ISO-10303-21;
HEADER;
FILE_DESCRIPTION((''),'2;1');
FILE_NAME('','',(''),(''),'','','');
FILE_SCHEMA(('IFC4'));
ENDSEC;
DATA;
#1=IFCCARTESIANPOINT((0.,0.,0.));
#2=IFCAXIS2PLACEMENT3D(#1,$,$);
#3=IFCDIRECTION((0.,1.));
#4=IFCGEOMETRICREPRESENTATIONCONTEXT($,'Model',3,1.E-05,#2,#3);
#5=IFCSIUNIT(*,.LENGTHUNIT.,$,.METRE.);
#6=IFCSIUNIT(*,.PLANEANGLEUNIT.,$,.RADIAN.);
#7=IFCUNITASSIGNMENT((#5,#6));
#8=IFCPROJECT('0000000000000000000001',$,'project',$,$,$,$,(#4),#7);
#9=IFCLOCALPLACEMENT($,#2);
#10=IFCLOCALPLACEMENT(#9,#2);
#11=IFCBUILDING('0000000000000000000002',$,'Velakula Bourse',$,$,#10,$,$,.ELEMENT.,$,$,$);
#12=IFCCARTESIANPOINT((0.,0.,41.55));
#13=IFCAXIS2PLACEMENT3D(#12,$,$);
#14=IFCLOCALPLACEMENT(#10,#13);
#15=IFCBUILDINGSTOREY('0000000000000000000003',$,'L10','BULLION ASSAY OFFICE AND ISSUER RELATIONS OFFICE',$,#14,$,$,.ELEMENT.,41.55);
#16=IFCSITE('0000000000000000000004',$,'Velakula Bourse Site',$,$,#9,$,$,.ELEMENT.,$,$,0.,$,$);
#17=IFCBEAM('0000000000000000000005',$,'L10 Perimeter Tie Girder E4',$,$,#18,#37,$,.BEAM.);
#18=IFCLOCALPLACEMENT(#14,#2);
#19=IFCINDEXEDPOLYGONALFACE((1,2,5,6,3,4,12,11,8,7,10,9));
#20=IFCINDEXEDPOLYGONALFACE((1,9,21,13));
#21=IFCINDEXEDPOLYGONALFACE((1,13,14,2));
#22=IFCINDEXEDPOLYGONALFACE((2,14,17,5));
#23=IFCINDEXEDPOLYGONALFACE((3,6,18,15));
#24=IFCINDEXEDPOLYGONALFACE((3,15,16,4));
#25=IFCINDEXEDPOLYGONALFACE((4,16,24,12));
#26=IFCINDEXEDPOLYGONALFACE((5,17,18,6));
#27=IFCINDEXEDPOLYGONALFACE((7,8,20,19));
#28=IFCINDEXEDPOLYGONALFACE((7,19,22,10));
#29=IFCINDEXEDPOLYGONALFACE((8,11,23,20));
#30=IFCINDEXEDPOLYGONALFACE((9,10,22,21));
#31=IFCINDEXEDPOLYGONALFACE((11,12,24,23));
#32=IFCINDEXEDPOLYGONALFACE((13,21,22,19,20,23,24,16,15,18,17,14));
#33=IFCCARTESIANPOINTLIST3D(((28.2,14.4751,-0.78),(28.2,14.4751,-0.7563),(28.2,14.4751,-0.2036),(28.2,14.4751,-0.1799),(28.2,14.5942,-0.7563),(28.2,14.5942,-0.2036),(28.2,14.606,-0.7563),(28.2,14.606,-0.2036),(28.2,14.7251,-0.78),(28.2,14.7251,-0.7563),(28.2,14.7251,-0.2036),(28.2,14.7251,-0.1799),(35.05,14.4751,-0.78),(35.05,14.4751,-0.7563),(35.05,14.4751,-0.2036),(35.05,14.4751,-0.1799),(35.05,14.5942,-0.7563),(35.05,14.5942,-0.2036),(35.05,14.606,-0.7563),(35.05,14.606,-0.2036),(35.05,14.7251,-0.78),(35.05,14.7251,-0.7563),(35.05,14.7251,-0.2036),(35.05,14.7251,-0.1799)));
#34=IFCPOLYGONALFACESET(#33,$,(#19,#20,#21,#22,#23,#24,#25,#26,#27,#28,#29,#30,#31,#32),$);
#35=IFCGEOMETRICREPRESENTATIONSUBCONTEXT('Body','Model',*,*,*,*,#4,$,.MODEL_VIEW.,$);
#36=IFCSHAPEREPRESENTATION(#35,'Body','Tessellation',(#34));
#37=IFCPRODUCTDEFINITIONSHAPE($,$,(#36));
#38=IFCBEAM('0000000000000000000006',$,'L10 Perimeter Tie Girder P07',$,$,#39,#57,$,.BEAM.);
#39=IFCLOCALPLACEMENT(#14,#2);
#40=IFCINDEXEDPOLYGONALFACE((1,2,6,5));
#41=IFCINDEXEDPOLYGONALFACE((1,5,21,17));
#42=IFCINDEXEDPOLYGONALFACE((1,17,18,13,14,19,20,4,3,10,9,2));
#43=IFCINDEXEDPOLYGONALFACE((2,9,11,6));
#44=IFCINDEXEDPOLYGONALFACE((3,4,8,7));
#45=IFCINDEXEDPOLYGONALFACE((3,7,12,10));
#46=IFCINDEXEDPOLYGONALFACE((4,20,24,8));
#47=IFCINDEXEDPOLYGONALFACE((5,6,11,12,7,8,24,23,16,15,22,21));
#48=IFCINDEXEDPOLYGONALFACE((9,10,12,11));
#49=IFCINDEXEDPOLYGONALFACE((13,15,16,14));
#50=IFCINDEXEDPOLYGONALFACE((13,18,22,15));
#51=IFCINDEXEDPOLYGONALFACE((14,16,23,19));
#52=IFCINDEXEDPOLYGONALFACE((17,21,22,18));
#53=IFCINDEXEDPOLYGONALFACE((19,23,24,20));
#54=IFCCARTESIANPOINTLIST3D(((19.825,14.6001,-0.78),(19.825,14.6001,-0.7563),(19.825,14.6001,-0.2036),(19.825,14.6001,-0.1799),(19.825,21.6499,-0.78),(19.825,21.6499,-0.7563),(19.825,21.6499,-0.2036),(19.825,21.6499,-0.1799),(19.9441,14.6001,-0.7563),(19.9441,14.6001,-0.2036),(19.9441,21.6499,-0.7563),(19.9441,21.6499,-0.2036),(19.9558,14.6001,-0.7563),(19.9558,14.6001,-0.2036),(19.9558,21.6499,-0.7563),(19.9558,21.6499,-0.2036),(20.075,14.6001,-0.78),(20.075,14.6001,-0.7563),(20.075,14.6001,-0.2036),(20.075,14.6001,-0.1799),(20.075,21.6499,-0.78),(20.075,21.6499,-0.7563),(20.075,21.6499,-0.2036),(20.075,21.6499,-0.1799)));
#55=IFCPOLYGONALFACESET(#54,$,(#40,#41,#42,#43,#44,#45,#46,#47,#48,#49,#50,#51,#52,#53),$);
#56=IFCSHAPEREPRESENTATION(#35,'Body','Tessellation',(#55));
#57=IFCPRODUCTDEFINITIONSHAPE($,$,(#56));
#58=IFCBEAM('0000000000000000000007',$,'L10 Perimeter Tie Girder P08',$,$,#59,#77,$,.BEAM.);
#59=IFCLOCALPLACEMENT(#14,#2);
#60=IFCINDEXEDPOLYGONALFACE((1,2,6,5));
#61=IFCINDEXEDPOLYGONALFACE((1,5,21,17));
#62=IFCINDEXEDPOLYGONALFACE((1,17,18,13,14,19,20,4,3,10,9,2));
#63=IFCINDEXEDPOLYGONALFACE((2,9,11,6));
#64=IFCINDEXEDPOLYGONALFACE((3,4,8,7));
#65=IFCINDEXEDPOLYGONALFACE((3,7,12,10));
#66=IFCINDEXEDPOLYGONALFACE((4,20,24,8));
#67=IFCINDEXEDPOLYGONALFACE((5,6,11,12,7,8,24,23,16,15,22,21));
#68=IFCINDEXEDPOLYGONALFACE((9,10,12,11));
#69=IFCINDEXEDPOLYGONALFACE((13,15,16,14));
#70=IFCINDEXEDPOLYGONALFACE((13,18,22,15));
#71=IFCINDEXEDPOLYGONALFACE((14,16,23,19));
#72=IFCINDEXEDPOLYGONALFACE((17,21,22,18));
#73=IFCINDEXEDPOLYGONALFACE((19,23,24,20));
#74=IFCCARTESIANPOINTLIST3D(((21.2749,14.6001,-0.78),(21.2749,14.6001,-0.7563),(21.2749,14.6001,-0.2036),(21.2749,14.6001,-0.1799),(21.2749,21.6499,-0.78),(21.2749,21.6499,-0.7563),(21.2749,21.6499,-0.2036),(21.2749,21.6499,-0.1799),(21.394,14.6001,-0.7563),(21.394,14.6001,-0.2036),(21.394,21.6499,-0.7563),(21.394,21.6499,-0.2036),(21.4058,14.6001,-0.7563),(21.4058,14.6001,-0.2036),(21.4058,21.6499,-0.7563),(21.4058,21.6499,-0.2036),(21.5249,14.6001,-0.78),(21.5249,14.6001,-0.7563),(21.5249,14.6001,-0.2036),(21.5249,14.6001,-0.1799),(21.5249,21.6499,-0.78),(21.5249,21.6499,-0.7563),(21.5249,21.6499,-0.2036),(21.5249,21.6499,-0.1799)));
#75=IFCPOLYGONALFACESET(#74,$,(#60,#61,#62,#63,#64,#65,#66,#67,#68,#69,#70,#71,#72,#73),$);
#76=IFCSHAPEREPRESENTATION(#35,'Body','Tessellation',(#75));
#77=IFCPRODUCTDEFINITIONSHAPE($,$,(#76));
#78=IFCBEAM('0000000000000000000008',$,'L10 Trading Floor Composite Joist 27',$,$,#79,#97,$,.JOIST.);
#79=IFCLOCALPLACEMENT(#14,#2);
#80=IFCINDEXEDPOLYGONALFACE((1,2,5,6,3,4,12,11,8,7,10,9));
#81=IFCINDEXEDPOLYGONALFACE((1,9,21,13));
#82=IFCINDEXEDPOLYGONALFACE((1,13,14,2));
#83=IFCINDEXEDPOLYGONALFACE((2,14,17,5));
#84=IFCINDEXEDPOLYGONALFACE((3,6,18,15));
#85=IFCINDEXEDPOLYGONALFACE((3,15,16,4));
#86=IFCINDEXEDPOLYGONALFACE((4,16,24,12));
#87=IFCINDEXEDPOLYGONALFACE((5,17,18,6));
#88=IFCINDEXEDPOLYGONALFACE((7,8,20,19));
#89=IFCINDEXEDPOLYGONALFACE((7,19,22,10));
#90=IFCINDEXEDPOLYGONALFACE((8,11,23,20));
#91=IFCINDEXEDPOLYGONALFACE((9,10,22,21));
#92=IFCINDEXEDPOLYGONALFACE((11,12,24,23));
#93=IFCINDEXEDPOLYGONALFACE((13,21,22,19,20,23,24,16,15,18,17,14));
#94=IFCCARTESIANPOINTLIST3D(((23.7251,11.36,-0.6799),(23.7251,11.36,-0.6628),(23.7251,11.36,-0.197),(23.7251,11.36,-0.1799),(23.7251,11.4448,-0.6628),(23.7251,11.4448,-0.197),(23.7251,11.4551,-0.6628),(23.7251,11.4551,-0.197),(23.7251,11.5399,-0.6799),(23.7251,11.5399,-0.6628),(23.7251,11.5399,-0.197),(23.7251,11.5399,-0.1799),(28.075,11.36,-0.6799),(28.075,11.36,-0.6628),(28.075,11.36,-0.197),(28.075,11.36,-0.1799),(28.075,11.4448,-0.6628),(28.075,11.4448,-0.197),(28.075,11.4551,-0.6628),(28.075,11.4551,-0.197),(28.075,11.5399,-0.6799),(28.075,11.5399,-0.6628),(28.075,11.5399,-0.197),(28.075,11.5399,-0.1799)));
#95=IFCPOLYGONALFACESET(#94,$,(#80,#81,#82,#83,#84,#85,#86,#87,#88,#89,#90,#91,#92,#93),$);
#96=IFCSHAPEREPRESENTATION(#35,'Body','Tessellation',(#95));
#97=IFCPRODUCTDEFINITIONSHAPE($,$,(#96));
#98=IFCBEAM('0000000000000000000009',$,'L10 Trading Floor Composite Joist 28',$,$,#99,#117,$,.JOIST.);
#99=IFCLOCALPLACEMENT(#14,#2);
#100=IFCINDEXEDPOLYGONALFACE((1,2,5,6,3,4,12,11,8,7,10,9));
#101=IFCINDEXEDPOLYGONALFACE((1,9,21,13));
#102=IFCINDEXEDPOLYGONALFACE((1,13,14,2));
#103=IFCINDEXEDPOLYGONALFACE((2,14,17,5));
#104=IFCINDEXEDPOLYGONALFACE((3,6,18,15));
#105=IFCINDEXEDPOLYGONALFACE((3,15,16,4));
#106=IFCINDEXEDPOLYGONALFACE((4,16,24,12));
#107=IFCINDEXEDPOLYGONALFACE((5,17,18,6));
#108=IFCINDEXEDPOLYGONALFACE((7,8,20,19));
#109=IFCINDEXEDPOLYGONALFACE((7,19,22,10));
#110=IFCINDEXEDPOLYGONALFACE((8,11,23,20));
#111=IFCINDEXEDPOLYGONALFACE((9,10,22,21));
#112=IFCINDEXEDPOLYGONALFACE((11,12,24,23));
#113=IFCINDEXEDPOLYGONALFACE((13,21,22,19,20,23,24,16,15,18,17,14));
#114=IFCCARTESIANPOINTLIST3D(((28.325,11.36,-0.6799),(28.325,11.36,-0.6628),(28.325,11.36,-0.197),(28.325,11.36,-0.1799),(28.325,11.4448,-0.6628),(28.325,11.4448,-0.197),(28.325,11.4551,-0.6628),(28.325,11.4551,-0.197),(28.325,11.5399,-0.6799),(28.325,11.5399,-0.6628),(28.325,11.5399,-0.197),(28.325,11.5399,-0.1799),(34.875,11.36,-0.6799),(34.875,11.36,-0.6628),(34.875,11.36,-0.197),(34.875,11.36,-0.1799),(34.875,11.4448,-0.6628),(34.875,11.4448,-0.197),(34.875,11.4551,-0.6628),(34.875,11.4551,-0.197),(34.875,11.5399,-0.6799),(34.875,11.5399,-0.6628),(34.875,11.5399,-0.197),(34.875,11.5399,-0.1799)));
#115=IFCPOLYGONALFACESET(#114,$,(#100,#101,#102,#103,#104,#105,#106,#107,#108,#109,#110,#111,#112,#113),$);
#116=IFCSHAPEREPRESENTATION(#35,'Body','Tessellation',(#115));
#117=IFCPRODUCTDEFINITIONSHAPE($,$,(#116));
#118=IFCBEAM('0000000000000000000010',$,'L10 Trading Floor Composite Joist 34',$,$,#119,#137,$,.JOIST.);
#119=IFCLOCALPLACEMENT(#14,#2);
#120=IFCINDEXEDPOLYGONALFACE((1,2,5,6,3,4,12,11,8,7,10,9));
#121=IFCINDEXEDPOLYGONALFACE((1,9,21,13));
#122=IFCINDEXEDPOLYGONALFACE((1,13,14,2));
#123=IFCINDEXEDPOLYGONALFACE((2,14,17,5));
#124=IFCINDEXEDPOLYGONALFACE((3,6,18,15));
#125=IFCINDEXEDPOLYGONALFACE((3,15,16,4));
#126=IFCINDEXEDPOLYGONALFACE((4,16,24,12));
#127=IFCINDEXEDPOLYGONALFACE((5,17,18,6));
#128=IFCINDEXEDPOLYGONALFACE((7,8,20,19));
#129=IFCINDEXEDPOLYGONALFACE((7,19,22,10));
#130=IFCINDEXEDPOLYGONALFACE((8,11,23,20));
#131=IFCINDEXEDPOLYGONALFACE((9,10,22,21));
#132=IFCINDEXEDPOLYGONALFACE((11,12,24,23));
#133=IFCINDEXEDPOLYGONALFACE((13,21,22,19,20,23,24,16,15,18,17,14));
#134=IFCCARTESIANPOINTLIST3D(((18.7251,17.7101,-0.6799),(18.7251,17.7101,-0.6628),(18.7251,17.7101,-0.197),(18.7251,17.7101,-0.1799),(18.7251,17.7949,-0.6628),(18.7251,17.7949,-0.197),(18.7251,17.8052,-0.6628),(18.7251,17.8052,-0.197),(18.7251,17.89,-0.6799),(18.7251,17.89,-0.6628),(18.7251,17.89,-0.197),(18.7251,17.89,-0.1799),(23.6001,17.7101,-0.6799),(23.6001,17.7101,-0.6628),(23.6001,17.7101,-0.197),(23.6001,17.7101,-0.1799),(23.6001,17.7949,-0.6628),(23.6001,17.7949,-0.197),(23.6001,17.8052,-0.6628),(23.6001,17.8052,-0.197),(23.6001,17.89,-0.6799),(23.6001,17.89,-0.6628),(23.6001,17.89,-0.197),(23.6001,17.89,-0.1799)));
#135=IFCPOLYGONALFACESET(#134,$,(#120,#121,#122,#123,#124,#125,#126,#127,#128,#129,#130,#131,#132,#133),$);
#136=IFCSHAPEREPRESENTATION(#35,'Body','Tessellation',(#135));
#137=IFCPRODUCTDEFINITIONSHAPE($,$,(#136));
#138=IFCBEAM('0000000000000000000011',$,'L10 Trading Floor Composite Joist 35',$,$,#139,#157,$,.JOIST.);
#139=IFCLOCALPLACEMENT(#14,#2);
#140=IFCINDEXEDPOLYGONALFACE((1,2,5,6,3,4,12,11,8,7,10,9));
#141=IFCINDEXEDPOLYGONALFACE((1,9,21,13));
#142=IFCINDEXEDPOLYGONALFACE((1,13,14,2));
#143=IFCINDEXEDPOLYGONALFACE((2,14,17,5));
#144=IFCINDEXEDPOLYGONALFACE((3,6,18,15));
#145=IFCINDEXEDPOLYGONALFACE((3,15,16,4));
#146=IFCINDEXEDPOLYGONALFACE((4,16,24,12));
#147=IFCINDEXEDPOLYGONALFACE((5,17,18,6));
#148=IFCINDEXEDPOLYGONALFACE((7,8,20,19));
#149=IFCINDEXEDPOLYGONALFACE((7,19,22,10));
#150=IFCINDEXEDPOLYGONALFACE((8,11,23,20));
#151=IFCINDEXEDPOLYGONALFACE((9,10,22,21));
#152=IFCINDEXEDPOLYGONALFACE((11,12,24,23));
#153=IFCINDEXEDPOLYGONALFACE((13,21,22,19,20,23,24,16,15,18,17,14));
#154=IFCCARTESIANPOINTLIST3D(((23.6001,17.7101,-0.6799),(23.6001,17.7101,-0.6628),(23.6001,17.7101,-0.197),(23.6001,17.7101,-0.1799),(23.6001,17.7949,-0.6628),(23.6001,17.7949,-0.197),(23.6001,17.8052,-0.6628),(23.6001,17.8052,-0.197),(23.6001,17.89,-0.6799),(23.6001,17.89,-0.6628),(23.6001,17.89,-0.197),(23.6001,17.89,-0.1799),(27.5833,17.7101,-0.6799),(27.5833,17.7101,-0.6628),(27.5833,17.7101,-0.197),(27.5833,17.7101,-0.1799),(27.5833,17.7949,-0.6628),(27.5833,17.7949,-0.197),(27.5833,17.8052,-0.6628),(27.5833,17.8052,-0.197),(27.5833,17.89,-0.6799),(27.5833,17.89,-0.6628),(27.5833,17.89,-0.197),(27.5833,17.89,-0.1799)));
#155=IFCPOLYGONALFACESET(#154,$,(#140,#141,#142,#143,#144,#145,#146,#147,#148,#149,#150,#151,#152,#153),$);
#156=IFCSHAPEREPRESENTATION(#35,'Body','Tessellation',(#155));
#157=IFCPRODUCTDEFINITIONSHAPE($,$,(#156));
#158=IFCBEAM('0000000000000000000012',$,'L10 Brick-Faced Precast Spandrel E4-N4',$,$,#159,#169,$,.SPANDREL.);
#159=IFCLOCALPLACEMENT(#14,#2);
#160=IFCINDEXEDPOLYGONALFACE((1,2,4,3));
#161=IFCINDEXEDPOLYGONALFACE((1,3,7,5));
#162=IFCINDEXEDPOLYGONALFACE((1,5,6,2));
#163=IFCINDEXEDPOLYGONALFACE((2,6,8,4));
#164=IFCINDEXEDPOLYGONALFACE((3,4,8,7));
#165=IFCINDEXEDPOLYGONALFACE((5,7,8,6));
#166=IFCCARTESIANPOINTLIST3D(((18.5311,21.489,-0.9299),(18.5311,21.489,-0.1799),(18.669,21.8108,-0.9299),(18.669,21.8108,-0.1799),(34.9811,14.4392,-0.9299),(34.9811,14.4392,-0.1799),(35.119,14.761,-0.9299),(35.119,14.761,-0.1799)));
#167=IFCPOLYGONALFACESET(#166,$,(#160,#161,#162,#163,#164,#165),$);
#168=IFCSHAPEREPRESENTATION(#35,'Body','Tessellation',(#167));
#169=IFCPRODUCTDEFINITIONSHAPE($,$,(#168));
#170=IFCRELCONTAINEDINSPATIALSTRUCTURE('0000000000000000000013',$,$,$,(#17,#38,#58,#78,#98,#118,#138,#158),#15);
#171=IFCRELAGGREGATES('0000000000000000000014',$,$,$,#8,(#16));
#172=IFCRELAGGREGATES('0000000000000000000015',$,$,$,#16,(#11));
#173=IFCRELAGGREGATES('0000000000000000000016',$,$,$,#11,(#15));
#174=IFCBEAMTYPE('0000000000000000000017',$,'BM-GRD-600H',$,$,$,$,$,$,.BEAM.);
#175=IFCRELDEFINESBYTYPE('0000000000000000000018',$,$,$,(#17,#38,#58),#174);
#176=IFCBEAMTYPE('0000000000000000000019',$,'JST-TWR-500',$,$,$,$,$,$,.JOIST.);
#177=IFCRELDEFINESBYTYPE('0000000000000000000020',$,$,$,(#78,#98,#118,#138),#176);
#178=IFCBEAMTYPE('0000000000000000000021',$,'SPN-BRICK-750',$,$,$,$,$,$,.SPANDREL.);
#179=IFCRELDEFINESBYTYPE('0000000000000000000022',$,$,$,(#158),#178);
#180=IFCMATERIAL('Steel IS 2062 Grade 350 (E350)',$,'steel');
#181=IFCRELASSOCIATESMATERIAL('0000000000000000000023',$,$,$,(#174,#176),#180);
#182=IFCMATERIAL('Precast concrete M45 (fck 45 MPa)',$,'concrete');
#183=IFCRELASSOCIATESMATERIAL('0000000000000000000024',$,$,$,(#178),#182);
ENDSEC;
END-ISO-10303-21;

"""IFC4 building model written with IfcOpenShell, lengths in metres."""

from ifc_helpers import new_model, si_unit, direction, frame, origin, origin_2d, place, context, subcontext, project, spatial, rectangle, i_section, extrude, material, material_profile, profile_set, type_object, element, save


model = new_model("IFC4")

# Units and contexts
model_context = context("Model", 3, precision=1e-05, world=origin(), true_north=direction((0.0, 1.0)))
body_context = subcontext(model_context, "Body", "Model", "MODEL_VIEW")
ifc_project = project(units=[si_unit("LENGTHUNIT", "METRE"), si_unit("PLANEANGLEUNIT", "RADIAN")], contexts=[model_context])

# Site, building, storey
site_placement = place(None, origin())
site = spatial("IfcSite", under=ifc_project, at=site_placement, Name="Velakula Bourse Site", CompositionType="ELEMENT", RefElevation=0.0)
building_placement = place(site_placement, origin())
building = spatial("IfcBuilding", under=site, at=building_placement, Name="Velakula Bourse", CompositionType="ELEMENT")
storey_placement = place(building_placement, frame((0.0, 0.0, 41.55)))
storey = spatial("IfcBuildingStorey", under=building, at=storey_placement, Name="L10", Description="BULLION ASSAY OFFICE AND ISSUER RELATIONS OFFICE", CompositionType="ELEMENT", Elevation=41.55)

# Shared definitions
ifc_material_1 = material(Name="Precast concrete M45 (fck 45 MPa)", Category="concrete")

# Beams
ifc_material_2 = material(Name="Steel IS 2062 Grade 350 (E350)", Category="steel")
ifc_material_profile_1 = material_profile(ifc_material_2, i_section(OverallWidth=0.25, OverallDepth=0.6001, WebThickness=0.0117, FlangeThickness=0.0237, at=origin_2d()), Name="Steel IS 2062 Grade 350 (E350)")
ifc_profile_set_1 = profile_set([ifc_material_profile_1], Name="Steel IS 2062 Grade 350 (E350)")
beam_type_1 = type_object("IfcBeamType", Name="BM-GRD-600H", PredefinedType="BEAM", material=ifc_profile_set_1)
beam_1_placement = place(storey_placement, frame((28.2, 14.6001, -0.48), z_axis=(1.0, 0.0, 0.0), x_axis=(0.0, 1.0, 0.0)))
element("IfcBeam", 1, at=beam_1_placement, inside=storey, type_object=beam_type_1, Name="L10 Perimeter Tie Girder E4", PredefinedType="BEAM", context=body_context, shape_type="SweptSolid", body=[
    extrude(i_section(OverallWidth=0.25, OverallDepth=0.6001, WebThickness=0.0117, FlangeThickness=0.0237, at=origin_2d()), origin(), (0.0, 0.0, 1.0), 6.8501),
])
for number, where, z_axis, x_axis, name in (
    (2, (19.95, 14.6001, -0.48), (0.0, 1.0, 0.0), (-1.0, 0.0, 0.0), "L10 Perimeter Tie Girder P07"),
    (3, (21.3999, 14.6001, -0.48), (0.0, 1.0, 0.0), (-1.0, 0.0, 0.0), "L10 Perimeter Tie Girder P08"),
):
    element("IfcBeam", number, at=place(storey_placement, frame(where, z_axis=z_axis, x_axis=x_axis)), inside=storey, type_object=beam_type_1, Name=name, PredefinedType="BEAM", context=body_context, shape_type="SweptSolid", body=[
        extrude(i_section(OverallWidth=0.25, OverallDepth=0.6001, WebThickness=0.0117, FlangeThickness=0.0237, at=origin_2d()), origin(), (0.0, 0.0, 1.0), 7.0498),
    ])
ifc_material_profile_2 = material_profile(ifc_material_2, i_section(OverallWidth=0.1799, OverallDepth=0.5, WebThickness=0.0103, FlangeThickness=0.0171, at=origin_2d()), Name="Steel IS 2062 Grade 350 (E350)")
ifc_profile_set_2 = profile_set([ifc_material_profile_2], Name="Steel IS 2062 Grade 350 (E350)")
beam_type_2 = type_object("IfcBeamType", Name="JST-TWR-500", PredefinedType="JOIST", material=ifc_profile_set_2)
beam_2_placement = place(storey_placement, frame((23.7251, 11.45, -0.4299), z_axis=(1.0, 0.0, 0.0), x_axis=(0.0, 1.0, 0.0)))
element("IfcBeam", 4, at=beam_2_placement, inside=storey, type_object=beam_type_2, Name="L10 Trading Floor Composite Joist 27", PredefinedType="JOIST", context=body_context, shape_type="SweptSolid", body=[
    extrude(i_section(OverallWidth=0.1799, OverallDepth=0.5, WebThickness=0.0103, FlangeThickness=0.0171, at=origin_2d()), origin(), (0.0, 0.0, 1.0), 4.3499),
])
beam_3_placement = place(storey_placement, frame((28.325, 11.45, -0.4299), z_axis=(1.0, 0.0, 0.0), x_axis=(0.0, 1.0, 0.0)))
element("IfcBeam", 5, at=beam_3_placement, inside=storey, type_object=beam_type_2, Name="L10 Trading Floor Composite Joist 28", PredefinedType="JOIST", context=body_context, shape_type="SweptSolid", body=[
    extrude(i_section(OverallWidth=0.1799, OverallDepth=0.5, WebThickness=0.0103, FlangeThickness=0.0171, at=origin_2d()), origin(), (0.0, 0.0, 1.0), 6.55),
])
beam_4_placement = place(storey_placement, frame((18.7251, 17.8, -0.4299), z_axis=(1.0, 0.0, 0.0), x_axis=(0.0, 1.0, 0.0)))
element("IfcBeam", 6, at=beam_4_placement, inside=storey, type_object=beam_type_2, Name="L10 Trading Floor Composite Joist 34", PredefinedType="JOIST", context=body_context, shape_type="SweptSolid", body=[
    extrude(i_section(OverallWidth=0.1799, OverallDepth=0.5, WebThickness=0.0103, FlangeThickness=0.0171, at=origin_2d()), origin(), (0.0, 0.0, 1.0), 4.875),
])
beam_5_placement = place(storey_placement, frame((23.6001, 17.8, -0.4299), z_axis=(1.0, 0.0, 0.0), x_axis=(0.0, 1.0, 0.0)))
element("IfcBeam", 7, at=beam_5_placement, inside=storey, type_object=beam_type_2, Name="L10 Trading Floor Composite Joist 35", PredefinedType="JOIST", context=body_context, shape_type="SweptSolid", body=[
    extrude(i_section(OverallWidth=0.1799, OverallDepth=0.5, WebThickness=0.0103, FlangeThickness=0.0171, at=origin_2d()), origin(), (0.0, 0.0, 1.0), 3.9832),
])
ifc_material_profile_3 = material_profile(ifc_material_1, rectangle(XDim=0.3501, YDim=0.75, at=origin_2d()), Name="Precast concrete M45 (fck 45 MPa)")
ifc_profile_set_3 = profile_set([ifc_material_profile_3], Name="Precast concrete M45 (fck 45 MPa)")
beam_type_3 = type_object("IfcBeamType", Name="SPN-BRICK-750", PredefinedType="SPANDREL", material=ifc_profile_set_3)
beam_6_placement = place(storey_placement, frame((35.05, 14.6001, -0.5549), z_axis=(-0.919149, 0.393911, 0.0), x_axis=(-0.393911, -0.919149, 0.0)))
element("IfcBeam", 8, at=beam_6_placement, inside=storey, type_object=beam_type_3, Name="L10 Brick-Faced Precast Spandrel E4-N4", PredefinedType="SPANDREL", context=body_context, shape_type="SweptSolid", body=[
    extrude(rectangle(XDim=0.3501, YDim=0.75, at=origin_2d()), origin(), (0.0, 0.0, 1.0), 17.897),
])

save(model, "model.ifc")
